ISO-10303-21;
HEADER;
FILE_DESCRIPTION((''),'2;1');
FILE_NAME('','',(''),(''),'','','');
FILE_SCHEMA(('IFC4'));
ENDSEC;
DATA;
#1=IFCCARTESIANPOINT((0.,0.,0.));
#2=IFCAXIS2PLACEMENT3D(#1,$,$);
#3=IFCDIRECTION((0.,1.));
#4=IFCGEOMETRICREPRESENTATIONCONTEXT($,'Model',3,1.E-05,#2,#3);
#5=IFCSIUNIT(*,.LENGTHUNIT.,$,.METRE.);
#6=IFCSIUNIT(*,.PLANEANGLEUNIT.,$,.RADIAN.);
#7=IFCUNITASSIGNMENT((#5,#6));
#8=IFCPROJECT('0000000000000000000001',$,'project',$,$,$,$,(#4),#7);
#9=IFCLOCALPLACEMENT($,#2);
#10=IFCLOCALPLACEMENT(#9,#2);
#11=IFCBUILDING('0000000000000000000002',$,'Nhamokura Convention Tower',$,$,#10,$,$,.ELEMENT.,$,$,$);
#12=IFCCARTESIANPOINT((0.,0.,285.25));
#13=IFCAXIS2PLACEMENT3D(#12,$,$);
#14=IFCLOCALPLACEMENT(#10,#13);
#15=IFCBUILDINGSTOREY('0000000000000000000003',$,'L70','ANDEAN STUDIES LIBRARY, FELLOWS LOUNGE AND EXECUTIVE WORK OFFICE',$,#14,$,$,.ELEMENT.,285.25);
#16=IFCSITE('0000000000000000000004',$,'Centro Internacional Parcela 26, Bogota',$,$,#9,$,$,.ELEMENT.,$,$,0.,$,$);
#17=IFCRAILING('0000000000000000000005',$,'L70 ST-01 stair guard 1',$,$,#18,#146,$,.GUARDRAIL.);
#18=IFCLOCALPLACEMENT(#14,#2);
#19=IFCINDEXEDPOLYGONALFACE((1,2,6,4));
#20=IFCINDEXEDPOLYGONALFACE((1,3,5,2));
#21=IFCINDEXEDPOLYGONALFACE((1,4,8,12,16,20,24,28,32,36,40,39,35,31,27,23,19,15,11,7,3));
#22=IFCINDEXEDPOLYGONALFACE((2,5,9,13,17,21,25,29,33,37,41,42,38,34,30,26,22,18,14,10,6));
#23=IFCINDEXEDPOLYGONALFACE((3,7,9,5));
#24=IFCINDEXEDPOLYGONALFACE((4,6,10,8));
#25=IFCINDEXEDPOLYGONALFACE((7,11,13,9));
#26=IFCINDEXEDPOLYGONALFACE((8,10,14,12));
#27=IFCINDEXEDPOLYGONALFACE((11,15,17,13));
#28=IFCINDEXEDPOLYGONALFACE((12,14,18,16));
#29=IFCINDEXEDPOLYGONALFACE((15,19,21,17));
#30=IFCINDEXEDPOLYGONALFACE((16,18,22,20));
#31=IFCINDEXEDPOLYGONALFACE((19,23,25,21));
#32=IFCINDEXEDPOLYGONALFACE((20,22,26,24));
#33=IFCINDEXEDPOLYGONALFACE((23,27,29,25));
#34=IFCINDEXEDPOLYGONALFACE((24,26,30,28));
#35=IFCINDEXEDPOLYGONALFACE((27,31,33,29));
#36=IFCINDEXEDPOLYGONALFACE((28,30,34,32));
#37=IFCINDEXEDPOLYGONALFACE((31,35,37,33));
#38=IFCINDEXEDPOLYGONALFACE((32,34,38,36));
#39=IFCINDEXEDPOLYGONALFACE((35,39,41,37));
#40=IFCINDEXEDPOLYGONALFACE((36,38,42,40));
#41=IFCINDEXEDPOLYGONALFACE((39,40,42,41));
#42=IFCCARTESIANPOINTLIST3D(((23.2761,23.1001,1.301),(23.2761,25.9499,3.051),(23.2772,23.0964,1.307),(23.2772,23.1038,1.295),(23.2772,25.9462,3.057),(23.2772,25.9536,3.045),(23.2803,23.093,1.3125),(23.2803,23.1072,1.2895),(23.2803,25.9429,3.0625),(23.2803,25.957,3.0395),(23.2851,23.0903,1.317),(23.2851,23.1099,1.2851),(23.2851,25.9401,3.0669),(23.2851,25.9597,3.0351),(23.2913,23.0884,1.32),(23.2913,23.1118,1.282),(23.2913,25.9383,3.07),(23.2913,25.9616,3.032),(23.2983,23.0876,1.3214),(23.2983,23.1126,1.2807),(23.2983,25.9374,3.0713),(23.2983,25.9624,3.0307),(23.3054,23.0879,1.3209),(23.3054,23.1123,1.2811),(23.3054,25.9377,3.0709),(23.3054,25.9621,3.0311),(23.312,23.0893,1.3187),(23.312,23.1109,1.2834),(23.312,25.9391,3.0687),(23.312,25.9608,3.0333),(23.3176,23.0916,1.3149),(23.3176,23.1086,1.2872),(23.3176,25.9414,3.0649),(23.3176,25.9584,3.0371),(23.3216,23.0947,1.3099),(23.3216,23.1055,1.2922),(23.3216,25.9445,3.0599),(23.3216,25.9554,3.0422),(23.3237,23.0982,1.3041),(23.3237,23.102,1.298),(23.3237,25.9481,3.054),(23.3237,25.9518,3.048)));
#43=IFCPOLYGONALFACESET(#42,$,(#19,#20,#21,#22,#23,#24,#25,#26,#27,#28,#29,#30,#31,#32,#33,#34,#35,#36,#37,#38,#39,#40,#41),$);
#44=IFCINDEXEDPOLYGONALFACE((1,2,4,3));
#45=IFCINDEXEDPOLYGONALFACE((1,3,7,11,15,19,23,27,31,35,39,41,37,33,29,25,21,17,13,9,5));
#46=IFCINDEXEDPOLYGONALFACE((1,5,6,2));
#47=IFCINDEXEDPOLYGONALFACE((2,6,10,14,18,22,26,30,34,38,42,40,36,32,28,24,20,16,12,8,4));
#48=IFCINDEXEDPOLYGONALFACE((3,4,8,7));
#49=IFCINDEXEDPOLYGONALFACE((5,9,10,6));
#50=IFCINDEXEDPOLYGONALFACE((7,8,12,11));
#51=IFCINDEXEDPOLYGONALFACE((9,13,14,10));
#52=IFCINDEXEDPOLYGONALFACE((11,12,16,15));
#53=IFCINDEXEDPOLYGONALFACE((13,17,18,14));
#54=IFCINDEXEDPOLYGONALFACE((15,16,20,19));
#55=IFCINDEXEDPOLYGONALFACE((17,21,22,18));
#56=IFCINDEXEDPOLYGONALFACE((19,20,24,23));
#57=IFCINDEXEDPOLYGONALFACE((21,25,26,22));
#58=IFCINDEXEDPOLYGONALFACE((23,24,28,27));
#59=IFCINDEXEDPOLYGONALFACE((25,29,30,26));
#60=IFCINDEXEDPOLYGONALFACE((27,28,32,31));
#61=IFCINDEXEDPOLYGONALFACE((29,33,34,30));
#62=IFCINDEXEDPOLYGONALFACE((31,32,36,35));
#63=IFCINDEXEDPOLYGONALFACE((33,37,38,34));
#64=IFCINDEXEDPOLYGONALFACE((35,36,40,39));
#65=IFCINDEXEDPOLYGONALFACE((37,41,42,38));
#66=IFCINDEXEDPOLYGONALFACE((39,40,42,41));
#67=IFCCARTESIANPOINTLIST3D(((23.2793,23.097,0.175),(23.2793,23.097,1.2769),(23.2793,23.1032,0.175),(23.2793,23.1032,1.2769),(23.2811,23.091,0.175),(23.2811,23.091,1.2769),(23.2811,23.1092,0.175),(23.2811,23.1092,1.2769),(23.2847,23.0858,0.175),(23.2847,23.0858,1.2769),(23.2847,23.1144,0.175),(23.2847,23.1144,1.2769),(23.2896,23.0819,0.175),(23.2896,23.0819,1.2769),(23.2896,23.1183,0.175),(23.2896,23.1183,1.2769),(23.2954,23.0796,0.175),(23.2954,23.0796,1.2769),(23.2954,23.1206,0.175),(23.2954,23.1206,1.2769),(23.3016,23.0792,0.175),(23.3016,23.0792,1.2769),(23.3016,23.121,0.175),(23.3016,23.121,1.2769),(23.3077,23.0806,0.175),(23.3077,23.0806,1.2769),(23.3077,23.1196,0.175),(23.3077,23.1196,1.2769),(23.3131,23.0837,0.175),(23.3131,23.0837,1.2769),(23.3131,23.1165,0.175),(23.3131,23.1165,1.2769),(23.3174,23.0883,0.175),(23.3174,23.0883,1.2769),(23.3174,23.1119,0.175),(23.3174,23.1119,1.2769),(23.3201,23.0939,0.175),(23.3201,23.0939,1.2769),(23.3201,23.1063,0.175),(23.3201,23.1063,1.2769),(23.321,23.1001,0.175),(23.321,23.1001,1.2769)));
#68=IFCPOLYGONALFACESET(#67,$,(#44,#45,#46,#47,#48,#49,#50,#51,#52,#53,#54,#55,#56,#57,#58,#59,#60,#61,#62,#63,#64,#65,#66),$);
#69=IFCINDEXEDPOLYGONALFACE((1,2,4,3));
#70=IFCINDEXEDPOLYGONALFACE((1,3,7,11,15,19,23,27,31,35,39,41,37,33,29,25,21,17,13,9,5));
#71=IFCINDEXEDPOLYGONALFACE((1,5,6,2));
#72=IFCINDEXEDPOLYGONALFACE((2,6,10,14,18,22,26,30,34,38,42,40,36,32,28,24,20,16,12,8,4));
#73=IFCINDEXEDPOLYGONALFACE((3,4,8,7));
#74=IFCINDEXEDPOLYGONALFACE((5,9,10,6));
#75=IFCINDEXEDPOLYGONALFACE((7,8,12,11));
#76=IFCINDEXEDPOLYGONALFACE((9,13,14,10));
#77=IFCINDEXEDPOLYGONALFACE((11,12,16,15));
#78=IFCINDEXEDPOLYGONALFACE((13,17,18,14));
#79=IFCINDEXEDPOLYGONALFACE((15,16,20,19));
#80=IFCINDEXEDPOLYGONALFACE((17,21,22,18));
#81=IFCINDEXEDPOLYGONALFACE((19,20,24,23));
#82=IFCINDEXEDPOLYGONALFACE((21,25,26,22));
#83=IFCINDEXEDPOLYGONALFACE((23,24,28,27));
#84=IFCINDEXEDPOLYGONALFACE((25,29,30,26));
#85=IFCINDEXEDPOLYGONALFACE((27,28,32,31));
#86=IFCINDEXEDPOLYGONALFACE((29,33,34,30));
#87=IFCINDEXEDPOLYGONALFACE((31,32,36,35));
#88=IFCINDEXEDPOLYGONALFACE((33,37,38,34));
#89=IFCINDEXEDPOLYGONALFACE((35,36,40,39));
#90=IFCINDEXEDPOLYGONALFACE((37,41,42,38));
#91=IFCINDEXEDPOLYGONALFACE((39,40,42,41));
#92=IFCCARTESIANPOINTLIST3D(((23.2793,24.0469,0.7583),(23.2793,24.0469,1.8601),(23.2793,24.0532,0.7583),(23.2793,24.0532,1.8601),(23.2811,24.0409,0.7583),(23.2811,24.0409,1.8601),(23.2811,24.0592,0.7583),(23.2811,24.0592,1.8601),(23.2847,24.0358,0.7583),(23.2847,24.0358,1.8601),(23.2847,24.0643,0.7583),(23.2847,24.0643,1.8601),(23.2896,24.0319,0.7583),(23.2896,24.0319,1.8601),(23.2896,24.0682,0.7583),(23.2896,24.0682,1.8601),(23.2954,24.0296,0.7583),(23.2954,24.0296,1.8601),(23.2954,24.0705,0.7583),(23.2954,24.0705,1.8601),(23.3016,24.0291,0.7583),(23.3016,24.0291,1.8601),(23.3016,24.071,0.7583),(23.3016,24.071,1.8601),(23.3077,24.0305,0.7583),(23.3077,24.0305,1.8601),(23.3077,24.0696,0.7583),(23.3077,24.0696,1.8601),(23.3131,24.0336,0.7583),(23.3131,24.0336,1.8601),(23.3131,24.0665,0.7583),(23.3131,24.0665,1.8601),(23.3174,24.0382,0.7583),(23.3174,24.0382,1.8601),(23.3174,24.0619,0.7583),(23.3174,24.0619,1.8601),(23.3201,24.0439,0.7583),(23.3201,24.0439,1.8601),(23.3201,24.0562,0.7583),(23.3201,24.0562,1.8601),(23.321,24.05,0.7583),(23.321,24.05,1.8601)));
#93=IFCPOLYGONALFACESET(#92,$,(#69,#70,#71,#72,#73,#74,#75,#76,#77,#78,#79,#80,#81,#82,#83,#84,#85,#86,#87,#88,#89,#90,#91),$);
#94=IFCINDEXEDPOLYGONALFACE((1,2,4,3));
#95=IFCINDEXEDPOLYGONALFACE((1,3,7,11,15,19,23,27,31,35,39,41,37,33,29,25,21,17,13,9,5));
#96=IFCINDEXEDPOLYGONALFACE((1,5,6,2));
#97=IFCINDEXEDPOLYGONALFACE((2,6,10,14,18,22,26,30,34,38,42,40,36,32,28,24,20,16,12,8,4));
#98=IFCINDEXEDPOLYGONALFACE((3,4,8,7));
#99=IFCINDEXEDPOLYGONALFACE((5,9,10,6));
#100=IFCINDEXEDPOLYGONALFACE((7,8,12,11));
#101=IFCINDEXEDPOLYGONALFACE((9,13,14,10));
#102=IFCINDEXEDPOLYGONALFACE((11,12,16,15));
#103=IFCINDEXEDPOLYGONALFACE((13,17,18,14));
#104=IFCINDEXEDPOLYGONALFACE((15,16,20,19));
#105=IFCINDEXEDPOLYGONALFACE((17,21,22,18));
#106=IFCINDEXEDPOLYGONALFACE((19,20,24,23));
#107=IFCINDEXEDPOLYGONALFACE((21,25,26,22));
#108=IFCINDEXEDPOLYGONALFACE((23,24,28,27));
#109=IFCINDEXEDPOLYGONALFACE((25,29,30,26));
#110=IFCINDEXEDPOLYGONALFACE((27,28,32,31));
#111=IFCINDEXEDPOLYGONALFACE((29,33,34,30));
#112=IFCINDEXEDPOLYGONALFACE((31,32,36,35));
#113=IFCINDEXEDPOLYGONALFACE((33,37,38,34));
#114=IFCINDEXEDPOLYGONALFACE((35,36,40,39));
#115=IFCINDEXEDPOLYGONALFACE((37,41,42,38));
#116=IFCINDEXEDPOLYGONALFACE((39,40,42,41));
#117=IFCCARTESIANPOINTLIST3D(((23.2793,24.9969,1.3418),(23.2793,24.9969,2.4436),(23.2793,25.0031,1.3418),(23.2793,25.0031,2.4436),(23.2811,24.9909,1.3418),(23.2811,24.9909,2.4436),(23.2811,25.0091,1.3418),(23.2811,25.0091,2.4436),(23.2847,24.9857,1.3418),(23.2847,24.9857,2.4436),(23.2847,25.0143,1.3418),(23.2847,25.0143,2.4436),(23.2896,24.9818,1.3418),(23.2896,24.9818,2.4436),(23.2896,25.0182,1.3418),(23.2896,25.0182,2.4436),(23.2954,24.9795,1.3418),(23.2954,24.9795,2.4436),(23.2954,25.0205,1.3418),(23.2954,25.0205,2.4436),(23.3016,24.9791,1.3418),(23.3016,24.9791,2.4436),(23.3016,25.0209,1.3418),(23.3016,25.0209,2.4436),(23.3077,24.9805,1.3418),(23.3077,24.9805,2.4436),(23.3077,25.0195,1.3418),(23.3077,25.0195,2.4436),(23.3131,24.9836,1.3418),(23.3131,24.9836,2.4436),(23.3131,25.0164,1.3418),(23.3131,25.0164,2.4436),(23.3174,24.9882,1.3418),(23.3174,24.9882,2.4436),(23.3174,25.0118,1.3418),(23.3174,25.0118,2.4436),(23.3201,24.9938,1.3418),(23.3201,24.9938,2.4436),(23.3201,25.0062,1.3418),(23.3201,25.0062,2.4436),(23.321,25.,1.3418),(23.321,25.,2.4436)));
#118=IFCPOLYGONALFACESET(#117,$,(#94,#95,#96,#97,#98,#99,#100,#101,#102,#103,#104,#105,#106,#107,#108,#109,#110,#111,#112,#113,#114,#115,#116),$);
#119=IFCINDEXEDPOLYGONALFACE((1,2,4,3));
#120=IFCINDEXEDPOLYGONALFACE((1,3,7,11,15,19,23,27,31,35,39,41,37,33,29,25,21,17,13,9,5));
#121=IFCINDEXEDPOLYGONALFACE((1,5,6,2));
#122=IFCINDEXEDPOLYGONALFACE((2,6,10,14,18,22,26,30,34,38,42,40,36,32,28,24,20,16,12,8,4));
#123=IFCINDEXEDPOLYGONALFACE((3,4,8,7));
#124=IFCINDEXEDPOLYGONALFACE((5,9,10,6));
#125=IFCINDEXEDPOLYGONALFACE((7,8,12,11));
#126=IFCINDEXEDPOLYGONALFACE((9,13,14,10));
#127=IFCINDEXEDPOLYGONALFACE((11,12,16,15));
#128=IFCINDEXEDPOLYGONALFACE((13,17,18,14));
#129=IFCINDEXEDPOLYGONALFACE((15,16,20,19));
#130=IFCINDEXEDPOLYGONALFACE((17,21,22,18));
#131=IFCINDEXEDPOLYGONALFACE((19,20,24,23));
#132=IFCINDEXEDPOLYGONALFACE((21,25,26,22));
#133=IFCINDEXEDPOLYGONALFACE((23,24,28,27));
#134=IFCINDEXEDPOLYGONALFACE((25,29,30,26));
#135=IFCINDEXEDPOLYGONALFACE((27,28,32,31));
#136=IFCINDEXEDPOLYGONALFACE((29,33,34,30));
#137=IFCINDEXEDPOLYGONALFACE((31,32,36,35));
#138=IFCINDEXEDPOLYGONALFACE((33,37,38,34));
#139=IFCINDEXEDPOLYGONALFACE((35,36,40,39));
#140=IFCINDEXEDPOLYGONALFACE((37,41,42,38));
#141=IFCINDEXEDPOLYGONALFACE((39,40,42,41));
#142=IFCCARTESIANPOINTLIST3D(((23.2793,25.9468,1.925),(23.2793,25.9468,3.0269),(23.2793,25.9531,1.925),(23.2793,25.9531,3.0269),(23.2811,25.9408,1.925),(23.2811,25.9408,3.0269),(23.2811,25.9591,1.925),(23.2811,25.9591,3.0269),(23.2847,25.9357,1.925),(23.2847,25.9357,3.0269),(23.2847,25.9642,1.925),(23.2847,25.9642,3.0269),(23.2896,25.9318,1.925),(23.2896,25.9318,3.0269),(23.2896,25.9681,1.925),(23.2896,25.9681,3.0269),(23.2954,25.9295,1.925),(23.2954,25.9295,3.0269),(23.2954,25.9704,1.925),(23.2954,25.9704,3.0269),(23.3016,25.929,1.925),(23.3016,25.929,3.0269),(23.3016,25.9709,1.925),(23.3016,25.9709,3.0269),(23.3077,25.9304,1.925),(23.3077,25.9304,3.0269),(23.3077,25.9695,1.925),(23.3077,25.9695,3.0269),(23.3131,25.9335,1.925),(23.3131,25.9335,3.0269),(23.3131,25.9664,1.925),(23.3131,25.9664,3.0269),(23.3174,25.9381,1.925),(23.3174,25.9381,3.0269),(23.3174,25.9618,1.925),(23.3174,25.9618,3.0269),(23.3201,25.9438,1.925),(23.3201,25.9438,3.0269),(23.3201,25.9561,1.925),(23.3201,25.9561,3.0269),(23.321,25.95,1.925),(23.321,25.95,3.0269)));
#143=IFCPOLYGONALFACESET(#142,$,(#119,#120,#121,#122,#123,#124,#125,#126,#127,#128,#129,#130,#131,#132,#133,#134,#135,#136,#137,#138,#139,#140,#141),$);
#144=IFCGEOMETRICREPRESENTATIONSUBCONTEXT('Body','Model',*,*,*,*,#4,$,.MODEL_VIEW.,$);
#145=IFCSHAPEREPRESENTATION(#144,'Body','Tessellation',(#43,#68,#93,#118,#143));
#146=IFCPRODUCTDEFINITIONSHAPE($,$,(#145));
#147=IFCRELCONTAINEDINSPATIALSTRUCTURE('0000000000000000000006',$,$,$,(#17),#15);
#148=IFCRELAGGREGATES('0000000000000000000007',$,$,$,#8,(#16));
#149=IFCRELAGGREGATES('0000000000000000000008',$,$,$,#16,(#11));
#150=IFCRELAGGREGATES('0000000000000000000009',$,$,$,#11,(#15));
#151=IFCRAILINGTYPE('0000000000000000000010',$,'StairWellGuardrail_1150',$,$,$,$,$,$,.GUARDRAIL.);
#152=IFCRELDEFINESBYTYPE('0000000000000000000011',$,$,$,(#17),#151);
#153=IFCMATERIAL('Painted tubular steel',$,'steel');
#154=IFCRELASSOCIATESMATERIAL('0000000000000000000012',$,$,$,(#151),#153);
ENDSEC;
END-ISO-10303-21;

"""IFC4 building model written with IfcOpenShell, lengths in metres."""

from ifc_helpers import new_model, si_unit, direction, frame, origin, origin_2d, place, context, subcontext, project, spatial, circle, extrude, material, type_object, element, save


model = new_model("IFC4")

# Units and contexts
model_context = context("Model", 3, precision=1e-05, world=origin(), true_north=direction((0.0, 1.0)))
body_context = subcontext(model_context, "Body", "Model", "MODEL_VIEW")
ifc_project = project(units=[si_unit("LENGTHUNIT", "METRE"), si_unit("PLANEANGLEUNIT", "RADIAN")], contexts=[model_context])

# Site, building, storey
site_placement = place(None, origin())
site = spatial("IfcSite", under=ifc_project, at=site_placement, Name="Centro Internacional Parcela 26, Bogota", CompositionType="ELEMENT", RefElevation=0.0)
building_placement = place(site_placement, origin())
building = spatial("IfcBuilding", under=site, at=building_placement, Name="Nhamokura Convention Tower", CompositionType="ELEMENT")
storey_placement = place(building_placement, frame((0.0, 0.0, 285.25)))
storey = spatial("IfcBuildingStorey", under=building, at=storey_placement, Name="L70", Description="ANDEAN STUDIES LIBRARY, FELLOWS LOUNGE AND EXECUTIVE WORK OFFICE", CompositionType="ELEMENT", Elevation=285.25)

# Railing
ifc_material_1 = material(Name="Painted tubular steel", Category="steel")
railing_type_1 = type_object("IfcRailingType", Name="StairWellGuardrail_1150", PredefinedType="GUARDRAIL", material=ifc_material_1)
railing_1_placement = place(storey_placement, frame((23.3, 23.1001, 0.175)))
element("IfcRailing", 1, at=railing_1_placement, inside=storey, type_object=railing_type_1, Name="L70 ST-01 stair guard 1", PredefinedType="GUARDRAIL", context=body_context, shape_type="SweptSolid", body=[
    extrude(circle(Radius=0.0239, at=origin_2d()), frame((0.0, 0.0, 1.126), z_axis=(0.0, 0.852159, 0.523283), x_axis=(-1.0, 0.0, 0.0)), (0.0, 0.0, 1.0), 3.3442),
    extrude(circle(Radius=0.021, at=origin_2d()), origin(), (0.0, 0.0, 1.0), 1.1018),
    extrude(circle(Radius=0.021, at=origin_2d()), frame((0.0, 0.95, 0.5833)), (0.0, 0.0, 1.0), 1.1018),
    extrude(circle(Radius=0.021, at=origin_2d()), frame((0.0, 1.8999, 1.1667)), (0.0, 0.0, 1.0), 1.1018),
    extrude(circle(Radius=0.021, at=origin_2d()), frame((0.0, 2.8499, 1.75)), (0.0, 0.0, 1.0), 1.1018),
])

save(model, "model.ifc")
